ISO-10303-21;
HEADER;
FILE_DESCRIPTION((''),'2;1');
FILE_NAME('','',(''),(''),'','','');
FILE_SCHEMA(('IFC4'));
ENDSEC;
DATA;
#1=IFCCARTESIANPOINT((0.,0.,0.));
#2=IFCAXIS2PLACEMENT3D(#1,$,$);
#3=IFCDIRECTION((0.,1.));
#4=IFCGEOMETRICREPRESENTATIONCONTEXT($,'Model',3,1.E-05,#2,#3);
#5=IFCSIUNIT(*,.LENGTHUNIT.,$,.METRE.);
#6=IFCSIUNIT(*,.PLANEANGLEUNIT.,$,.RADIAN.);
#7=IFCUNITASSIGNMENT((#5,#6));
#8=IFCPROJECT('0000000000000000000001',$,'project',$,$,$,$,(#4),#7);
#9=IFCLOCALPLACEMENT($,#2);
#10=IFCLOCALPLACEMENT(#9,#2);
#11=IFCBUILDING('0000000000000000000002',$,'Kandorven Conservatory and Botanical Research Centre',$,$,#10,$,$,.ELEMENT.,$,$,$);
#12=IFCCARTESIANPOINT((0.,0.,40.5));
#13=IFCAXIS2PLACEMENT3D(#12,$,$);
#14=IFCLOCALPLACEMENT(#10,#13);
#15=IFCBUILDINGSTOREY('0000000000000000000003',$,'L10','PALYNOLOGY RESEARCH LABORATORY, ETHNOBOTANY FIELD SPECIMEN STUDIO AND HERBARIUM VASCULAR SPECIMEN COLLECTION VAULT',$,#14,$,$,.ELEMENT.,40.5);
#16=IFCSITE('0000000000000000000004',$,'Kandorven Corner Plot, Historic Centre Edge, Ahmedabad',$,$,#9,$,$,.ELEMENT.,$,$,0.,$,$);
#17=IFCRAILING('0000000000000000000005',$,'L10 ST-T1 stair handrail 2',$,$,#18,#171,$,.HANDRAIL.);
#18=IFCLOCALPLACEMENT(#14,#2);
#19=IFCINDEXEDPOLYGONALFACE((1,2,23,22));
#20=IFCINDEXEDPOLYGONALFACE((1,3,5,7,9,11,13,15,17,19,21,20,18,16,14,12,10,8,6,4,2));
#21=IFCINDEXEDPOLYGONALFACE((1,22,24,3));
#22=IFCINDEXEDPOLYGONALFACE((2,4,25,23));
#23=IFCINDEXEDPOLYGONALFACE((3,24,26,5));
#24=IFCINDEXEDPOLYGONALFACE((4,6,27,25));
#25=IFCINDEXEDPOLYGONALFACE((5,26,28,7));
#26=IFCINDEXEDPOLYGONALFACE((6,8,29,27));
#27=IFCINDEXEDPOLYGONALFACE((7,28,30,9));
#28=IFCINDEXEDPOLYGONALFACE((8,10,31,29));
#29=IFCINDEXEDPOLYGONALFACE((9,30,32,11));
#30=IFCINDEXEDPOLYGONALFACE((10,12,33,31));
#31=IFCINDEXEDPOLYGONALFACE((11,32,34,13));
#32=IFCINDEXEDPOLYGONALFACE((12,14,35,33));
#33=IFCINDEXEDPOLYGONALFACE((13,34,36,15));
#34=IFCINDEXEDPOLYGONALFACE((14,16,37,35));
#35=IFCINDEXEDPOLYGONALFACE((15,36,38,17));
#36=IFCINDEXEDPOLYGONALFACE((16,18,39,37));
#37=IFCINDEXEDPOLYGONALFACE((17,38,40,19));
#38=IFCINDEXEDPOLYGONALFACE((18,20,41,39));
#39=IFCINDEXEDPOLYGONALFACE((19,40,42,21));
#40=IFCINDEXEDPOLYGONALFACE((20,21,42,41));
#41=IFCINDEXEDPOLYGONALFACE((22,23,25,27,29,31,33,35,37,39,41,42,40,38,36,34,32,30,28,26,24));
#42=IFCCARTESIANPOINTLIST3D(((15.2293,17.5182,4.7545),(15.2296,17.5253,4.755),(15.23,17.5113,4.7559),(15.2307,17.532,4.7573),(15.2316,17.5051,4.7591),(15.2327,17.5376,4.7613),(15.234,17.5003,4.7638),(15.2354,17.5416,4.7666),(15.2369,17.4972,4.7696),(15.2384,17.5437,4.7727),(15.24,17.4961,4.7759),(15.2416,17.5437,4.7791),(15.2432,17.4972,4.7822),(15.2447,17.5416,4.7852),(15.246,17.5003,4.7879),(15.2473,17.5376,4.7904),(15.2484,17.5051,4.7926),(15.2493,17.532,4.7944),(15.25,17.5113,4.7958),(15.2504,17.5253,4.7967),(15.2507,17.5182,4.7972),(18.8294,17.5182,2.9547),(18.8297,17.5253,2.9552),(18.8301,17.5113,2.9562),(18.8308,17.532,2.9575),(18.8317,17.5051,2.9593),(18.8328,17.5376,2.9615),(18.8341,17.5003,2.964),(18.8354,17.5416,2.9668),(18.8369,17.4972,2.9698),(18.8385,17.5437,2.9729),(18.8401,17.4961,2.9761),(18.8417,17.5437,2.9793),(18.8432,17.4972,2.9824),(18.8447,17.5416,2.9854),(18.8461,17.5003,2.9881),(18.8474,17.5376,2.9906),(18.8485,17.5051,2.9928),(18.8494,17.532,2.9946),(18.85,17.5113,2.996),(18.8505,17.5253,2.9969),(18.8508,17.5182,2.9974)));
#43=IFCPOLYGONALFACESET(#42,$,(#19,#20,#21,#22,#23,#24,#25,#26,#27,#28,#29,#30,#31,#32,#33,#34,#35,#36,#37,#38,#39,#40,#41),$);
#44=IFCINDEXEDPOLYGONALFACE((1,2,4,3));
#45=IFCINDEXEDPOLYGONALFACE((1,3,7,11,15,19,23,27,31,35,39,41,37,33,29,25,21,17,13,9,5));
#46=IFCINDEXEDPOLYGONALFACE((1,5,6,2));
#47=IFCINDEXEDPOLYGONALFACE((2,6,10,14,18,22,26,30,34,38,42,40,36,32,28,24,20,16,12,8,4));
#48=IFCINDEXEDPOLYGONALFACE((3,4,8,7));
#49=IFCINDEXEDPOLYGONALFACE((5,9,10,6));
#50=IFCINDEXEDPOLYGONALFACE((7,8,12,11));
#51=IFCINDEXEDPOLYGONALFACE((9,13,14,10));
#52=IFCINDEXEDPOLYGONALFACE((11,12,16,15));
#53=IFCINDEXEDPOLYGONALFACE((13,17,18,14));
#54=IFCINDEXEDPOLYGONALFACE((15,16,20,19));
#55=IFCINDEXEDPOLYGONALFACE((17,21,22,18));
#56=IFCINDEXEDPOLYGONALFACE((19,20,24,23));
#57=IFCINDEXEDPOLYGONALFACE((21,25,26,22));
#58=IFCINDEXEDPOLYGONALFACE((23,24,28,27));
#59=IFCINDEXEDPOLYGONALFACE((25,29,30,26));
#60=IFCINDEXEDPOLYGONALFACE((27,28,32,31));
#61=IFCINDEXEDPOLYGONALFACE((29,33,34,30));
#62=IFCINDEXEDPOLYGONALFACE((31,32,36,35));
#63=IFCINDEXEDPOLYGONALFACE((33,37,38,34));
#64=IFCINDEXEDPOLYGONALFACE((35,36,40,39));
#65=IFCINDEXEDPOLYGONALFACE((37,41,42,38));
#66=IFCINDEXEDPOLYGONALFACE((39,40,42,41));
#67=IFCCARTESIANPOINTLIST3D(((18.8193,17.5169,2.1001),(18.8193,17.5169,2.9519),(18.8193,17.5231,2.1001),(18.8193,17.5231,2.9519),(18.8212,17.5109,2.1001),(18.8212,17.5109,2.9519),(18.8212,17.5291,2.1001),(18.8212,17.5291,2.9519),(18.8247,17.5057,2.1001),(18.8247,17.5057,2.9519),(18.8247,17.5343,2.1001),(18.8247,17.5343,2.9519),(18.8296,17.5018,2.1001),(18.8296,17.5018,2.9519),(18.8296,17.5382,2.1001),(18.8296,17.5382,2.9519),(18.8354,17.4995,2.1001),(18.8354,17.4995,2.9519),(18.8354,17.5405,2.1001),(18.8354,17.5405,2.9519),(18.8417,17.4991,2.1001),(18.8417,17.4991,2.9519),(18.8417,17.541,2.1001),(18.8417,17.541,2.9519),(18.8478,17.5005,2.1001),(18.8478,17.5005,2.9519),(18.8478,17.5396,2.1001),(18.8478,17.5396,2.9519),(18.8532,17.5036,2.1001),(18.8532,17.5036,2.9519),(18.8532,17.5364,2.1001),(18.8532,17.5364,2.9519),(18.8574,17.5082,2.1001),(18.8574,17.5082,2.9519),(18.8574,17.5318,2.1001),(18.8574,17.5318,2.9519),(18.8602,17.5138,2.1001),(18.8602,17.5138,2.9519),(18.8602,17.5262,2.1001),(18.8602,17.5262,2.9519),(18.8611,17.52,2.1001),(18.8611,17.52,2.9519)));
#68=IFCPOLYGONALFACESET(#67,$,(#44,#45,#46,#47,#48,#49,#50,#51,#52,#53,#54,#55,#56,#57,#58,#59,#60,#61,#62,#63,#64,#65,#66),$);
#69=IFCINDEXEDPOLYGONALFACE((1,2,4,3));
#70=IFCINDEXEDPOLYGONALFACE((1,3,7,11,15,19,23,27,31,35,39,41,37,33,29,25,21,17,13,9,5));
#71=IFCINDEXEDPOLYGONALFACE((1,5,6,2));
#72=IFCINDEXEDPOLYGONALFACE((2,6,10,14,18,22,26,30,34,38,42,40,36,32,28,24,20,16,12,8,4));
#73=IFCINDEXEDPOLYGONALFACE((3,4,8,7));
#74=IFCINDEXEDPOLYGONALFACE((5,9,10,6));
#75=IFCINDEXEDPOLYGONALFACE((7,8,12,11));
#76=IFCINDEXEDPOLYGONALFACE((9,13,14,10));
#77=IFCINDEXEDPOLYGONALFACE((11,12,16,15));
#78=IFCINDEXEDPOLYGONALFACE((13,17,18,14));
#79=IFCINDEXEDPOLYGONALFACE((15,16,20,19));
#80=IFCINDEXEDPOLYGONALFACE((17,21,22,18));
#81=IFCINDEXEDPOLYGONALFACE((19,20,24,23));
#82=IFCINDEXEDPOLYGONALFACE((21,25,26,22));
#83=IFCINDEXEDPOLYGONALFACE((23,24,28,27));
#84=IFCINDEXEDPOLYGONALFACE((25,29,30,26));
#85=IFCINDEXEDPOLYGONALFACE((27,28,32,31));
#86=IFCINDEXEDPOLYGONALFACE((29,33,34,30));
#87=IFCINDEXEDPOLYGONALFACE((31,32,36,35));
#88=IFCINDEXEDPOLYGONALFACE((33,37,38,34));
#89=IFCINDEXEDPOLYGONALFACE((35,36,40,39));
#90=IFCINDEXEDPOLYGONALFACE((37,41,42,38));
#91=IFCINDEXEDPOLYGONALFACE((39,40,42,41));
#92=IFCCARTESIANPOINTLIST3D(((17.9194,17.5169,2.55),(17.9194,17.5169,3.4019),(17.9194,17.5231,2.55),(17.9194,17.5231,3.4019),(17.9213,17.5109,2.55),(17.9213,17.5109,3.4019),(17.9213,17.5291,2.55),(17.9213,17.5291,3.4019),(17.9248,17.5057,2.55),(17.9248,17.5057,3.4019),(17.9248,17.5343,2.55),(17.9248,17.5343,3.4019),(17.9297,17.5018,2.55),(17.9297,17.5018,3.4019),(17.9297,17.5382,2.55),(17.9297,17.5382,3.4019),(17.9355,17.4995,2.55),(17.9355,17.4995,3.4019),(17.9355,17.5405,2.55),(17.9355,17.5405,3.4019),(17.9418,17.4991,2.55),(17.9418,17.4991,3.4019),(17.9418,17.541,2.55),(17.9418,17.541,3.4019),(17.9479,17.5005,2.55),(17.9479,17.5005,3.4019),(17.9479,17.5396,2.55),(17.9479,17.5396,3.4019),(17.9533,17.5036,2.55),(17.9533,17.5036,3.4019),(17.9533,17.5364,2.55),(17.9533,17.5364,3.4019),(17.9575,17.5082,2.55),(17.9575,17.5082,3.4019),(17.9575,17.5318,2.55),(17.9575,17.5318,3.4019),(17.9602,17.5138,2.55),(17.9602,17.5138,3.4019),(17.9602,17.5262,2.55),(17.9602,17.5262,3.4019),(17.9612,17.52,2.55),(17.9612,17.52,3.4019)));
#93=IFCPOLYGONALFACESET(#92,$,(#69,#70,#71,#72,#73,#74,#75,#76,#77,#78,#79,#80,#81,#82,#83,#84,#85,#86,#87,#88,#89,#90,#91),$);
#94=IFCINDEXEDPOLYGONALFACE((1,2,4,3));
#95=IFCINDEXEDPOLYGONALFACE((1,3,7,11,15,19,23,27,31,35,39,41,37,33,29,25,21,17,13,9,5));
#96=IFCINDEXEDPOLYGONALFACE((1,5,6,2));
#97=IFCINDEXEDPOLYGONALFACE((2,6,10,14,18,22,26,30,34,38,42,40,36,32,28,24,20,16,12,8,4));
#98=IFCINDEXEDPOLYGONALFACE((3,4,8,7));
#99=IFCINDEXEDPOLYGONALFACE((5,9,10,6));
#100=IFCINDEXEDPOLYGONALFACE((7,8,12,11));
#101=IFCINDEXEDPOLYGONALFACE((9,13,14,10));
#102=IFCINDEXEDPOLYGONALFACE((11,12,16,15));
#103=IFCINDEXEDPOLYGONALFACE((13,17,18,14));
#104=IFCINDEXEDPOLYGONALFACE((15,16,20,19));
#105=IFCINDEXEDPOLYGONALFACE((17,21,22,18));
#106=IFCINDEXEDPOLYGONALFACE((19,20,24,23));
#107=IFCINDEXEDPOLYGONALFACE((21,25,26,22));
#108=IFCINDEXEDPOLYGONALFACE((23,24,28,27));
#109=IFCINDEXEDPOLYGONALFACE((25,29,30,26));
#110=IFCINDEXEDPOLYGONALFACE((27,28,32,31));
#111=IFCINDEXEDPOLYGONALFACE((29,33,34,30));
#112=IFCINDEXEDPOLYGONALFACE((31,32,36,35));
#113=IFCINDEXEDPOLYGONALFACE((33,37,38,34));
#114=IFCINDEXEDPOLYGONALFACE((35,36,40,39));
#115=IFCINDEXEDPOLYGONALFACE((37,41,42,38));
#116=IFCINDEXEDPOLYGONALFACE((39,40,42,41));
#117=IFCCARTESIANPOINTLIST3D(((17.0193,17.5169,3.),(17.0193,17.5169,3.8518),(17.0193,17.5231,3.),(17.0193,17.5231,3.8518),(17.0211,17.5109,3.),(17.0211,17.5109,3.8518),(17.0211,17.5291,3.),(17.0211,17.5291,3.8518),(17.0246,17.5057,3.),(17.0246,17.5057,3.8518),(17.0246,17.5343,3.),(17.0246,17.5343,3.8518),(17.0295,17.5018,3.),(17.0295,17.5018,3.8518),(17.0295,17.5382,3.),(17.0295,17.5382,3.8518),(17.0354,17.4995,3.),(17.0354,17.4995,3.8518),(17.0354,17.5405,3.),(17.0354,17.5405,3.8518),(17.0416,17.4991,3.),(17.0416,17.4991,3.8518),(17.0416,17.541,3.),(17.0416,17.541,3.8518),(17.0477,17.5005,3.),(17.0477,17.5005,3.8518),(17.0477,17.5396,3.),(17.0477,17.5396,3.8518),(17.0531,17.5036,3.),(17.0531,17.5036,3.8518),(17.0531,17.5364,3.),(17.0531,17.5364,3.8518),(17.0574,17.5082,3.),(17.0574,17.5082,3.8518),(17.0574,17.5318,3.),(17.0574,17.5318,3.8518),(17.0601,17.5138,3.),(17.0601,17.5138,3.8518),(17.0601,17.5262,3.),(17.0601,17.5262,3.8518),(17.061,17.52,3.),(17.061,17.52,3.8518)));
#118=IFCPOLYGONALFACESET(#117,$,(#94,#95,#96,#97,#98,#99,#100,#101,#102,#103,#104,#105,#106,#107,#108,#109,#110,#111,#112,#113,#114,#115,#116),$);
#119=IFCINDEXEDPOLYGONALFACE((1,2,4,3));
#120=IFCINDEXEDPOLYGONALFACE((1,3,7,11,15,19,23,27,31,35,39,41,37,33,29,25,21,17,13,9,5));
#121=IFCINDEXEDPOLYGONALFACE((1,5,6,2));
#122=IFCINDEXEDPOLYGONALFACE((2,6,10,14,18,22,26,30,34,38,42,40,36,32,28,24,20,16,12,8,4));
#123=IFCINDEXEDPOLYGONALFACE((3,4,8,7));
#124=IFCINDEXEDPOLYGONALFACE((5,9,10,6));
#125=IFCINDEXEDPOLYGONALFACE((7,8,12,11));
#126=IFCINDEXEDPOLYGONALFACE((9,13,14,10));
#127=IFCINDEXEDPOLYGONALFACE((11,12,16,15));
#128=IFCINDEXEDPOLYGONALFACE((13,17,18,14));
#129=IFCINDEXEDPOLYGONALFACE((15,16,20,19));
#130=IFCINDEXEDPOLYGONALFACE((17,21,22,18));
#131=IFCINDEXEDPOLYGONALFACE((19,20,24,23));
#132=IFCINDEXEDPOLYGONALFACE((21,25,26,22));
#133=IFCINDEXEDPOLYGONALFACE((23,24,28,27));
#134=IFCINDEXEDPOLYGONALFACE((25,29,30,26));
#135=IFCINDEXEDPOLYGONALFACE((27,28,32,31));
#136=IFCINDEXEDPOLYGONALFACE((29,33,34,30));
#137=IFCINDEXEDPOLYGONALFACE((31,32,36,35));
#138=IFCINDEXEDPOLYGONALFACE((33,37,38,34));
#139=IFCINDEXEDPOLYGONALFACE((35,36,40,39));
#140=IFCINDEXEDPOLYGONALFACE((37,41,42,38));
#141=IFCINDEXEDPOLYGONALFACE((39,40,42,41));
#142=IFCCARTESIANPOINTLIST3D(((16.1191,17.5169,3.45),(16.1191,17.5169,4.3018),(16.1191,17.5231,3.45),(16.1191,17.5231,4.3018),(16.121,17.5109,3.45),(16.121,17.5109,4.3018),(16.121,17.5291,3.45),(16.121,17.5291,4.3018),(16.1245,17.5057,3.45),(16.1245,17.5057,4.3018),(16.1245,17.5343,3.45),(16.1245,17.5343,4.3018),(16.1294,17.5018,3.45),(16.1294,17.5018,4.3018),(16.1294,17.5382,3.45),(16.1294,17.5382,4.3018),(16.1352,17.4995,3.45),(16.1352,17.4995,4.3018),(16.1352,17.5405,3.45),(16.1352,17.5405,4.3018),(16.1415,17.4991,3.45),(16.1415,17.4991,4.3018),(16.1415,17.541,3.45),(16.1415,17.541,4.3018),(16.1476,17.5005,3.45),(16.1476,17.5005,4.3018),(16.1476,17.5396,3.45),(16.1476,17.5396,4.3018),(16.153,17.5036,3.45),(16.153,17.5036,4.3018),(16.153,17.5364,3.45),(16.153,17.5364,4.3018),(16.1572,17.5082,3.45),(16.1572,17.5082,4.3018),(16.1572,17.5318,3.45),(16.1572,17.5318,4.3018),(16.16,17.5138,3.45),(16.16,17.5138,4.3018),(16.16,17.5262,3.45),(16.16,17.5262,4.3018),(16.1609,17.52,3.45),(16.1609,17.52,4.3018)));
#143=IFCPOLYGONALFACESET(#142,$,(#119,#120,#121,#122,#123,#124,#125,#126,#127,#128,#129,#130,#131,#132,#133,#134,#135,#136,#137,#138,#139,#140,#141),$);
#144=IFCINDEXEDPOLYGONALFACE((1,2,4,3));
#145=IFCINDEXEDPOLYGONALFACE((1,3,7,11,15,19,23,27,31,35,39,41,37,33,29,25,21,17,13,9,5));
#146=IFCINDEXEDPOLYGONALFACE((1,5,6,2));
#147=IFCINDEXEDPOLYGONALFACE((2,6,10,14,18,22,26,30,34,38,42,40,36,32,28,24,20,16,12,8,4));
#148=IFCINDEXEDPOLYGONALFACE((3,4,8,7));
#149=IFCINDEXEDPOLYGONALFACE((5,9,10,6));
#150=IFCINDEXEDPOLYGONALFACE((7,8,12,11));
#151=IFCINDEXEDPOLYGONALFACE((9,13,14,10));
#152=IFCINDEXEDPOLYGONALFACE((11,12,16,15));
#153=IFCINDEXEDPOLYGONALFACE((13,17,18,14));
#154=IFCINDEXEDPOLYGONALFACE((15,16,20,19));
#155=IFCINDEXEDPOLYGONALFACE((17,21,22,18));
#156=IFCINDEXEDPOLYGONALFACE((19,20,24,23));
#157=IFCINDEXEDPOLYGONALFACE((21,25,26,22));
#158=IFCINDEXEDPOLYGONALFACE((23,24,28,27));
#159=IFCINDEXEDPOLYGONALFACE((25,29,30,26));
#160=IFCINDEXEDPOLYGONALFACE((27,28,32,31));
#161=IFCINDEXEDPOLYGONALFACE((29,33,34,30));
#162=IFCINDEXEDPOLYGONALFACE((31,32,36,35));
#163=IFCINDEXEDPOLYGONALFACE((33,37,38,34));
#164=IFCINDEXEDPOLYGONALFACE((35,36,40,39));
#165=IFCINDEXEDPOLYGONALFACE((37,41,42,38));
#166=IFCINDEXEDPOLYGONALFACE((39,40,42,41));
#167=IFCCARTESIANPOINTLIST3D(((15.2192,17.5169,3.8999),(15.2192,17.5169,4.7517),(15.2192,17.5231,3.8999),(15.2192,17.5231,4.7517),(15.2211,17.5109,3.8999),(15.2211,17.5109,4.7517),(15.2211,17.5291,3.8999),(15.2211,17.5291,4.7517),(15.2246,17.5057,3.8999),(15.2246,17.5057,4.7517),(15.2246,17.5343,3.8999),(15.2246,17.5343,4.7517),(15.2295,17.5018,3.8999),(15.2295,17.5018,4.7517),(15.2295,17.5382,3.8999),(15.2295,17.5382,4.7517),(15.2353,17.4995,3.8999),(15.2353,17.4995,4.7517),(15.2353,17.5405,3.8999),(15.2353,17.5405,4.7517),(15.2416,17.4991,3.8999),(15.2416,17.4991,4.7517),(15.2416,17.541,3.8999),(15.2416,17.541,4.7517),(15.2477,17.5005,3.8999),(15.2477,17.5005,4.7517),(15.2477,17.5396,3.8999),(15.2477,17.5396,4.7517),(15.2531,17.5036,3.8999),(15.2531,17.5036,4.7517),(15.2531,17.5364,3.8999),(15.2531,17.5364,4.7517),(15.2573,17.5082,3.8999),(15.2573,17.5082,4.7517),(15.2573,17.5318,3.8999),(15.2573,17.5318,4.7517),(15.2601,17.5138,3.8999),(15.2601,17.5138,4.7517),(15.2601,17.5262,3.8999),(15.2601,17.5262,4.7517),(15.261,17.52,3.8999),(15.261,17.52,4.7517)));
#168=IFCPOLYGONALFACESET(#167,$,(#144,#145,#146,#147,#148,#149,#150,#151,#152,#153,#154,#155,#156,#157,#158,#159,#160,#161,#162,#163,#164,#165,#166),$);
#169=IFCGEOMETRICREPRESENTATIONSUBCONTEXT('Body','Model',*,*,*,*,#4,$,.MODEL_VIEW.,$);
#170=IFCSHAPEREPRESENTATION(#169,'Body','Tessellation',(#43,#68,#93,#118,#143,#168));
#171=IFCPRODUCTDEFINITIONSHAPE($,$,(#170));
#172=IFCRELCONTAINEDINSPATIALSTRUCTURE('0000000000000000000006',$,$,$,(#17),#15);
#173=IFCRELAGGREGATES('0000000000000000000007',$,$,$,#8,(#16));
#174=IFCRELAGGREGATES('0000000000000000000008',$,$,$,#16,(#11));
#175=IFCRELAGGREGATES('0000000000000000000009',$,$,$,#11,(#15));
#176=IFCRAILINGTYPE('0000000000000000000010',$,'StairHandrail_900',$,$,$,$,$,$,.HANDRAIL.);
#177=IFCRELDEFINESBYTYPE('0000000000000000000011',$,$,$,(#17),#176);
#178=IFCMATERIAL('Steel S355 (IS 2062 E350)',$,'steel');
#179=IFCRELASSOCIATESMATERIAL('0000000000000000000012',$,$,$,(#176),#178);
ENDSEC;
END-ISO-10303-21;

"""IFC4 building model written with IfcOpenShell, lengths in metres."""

from ifc_helpers import new_model, si_unit, direction, frame, origin, origin_2d, place, context, subcontext, project, spatial, circle, extrude, material, type_object, element, save


model = new_model("IFC4")

# Units and contexts
model_context = context("Model", 3, precision=1e-05, world=origin(), true_north=direction((0.0, 1.0)))
body_context = subcontext(model_context, "Body", "Model", "MODEL_VIEW")
ifc_project = project(units=[si_unit("LENGTHUNIT", "METRE"), si_unit("PLANEANGLEUNIT", "RADIAN")], contexts=[model_context])

# Site, building, storey
site_placement = place(None, origin())
site = spatial("IfcSite", under=ifc_project, at=site_placement, Name="Kandorven Corner Plot, Historic Centre Edge, Ahmedabad", CompositionType="ELEMENT", RefElevation=0.0)
building_placement = place(site_placement, origin())
building = spatial("IfcBuilding", under=site, at=building_placement, Name="Kandorven Conservatory and Botanical Research Centre", CompositionType="ELEMENT")
storey_placement = place(building_placement, frame((0.0, 0.0, 40.5)))
storey = spatial("IfcBuildingStorey", under=building, at=storey_placement, Name="L10", Description="PALYNOLOGY RESEARCH LABORATORY, ETHNOBOTANY FIELD SPECIMEN STUDIO AND HERBARIUM VASCULAR SPECIMEN COLLECTION VAULT", CompositionType="ELEMENT", Elevation=40.5)

# Railing
ifc_material_1 = material(Name="Steel S355 (IS 2062 E350)", Category="steel")
railing_type_1 = type_object("IfcRailingType", Name="StairHandrail_900", PredefinedType="HANDRAIL", material=ifc_material_1)
railing_1_placement = place(storey_placement, frame((18.8401, 17.52, 2.1001)))
element("IfcRailing", 1, at=railing_1_placement, inside=storey, type_object=railing_type_1, Name="L10 ST-T1 stair handrail 2", PredefinedType="HANDRAIL", context=body_context, shape_type="SweptSolid", body=[
    extrude(circle(Radius=0.0239, at=origin_2d()), frame((0.0, 0.0, 0.876), z_axis=(-0.894451, 0.0, 0.447165), x_axis=(0.0, -1.0, 0.0)), (0.0, 0.0, 1.0), 4.0249),
    extrude(circle(Radius=0.021, at=origin_2d()), origin(), (0.0, 0.0, 1.0), 0.8518),
    extrude(circle(Radius=0.021, at=origin_2d()), frame((-0.8999, 0.0, 0.45)), (0.0, 0.0, 1.0), 0.8518),
    extrude(circle(Radius=0.021, at=origin_2d()), frame((-1.8, 0.0, 0.8999)), (0.0, 0.0, 1.0), 0.8518),
    extrude(circle(Radius=0.021, at=origin_2d()), frame((-2.7002, 0.0, 1.3499)), (0.0, 0.0, 1.0), 0.8518),
    extrude(circle(Radius=0.021, at=origin_2d()), frame((-3.6001, 0.0, 1.7998)), (0.0, 0.0, 1.0), 0.8518),
])

save(model, "model.ifc")
